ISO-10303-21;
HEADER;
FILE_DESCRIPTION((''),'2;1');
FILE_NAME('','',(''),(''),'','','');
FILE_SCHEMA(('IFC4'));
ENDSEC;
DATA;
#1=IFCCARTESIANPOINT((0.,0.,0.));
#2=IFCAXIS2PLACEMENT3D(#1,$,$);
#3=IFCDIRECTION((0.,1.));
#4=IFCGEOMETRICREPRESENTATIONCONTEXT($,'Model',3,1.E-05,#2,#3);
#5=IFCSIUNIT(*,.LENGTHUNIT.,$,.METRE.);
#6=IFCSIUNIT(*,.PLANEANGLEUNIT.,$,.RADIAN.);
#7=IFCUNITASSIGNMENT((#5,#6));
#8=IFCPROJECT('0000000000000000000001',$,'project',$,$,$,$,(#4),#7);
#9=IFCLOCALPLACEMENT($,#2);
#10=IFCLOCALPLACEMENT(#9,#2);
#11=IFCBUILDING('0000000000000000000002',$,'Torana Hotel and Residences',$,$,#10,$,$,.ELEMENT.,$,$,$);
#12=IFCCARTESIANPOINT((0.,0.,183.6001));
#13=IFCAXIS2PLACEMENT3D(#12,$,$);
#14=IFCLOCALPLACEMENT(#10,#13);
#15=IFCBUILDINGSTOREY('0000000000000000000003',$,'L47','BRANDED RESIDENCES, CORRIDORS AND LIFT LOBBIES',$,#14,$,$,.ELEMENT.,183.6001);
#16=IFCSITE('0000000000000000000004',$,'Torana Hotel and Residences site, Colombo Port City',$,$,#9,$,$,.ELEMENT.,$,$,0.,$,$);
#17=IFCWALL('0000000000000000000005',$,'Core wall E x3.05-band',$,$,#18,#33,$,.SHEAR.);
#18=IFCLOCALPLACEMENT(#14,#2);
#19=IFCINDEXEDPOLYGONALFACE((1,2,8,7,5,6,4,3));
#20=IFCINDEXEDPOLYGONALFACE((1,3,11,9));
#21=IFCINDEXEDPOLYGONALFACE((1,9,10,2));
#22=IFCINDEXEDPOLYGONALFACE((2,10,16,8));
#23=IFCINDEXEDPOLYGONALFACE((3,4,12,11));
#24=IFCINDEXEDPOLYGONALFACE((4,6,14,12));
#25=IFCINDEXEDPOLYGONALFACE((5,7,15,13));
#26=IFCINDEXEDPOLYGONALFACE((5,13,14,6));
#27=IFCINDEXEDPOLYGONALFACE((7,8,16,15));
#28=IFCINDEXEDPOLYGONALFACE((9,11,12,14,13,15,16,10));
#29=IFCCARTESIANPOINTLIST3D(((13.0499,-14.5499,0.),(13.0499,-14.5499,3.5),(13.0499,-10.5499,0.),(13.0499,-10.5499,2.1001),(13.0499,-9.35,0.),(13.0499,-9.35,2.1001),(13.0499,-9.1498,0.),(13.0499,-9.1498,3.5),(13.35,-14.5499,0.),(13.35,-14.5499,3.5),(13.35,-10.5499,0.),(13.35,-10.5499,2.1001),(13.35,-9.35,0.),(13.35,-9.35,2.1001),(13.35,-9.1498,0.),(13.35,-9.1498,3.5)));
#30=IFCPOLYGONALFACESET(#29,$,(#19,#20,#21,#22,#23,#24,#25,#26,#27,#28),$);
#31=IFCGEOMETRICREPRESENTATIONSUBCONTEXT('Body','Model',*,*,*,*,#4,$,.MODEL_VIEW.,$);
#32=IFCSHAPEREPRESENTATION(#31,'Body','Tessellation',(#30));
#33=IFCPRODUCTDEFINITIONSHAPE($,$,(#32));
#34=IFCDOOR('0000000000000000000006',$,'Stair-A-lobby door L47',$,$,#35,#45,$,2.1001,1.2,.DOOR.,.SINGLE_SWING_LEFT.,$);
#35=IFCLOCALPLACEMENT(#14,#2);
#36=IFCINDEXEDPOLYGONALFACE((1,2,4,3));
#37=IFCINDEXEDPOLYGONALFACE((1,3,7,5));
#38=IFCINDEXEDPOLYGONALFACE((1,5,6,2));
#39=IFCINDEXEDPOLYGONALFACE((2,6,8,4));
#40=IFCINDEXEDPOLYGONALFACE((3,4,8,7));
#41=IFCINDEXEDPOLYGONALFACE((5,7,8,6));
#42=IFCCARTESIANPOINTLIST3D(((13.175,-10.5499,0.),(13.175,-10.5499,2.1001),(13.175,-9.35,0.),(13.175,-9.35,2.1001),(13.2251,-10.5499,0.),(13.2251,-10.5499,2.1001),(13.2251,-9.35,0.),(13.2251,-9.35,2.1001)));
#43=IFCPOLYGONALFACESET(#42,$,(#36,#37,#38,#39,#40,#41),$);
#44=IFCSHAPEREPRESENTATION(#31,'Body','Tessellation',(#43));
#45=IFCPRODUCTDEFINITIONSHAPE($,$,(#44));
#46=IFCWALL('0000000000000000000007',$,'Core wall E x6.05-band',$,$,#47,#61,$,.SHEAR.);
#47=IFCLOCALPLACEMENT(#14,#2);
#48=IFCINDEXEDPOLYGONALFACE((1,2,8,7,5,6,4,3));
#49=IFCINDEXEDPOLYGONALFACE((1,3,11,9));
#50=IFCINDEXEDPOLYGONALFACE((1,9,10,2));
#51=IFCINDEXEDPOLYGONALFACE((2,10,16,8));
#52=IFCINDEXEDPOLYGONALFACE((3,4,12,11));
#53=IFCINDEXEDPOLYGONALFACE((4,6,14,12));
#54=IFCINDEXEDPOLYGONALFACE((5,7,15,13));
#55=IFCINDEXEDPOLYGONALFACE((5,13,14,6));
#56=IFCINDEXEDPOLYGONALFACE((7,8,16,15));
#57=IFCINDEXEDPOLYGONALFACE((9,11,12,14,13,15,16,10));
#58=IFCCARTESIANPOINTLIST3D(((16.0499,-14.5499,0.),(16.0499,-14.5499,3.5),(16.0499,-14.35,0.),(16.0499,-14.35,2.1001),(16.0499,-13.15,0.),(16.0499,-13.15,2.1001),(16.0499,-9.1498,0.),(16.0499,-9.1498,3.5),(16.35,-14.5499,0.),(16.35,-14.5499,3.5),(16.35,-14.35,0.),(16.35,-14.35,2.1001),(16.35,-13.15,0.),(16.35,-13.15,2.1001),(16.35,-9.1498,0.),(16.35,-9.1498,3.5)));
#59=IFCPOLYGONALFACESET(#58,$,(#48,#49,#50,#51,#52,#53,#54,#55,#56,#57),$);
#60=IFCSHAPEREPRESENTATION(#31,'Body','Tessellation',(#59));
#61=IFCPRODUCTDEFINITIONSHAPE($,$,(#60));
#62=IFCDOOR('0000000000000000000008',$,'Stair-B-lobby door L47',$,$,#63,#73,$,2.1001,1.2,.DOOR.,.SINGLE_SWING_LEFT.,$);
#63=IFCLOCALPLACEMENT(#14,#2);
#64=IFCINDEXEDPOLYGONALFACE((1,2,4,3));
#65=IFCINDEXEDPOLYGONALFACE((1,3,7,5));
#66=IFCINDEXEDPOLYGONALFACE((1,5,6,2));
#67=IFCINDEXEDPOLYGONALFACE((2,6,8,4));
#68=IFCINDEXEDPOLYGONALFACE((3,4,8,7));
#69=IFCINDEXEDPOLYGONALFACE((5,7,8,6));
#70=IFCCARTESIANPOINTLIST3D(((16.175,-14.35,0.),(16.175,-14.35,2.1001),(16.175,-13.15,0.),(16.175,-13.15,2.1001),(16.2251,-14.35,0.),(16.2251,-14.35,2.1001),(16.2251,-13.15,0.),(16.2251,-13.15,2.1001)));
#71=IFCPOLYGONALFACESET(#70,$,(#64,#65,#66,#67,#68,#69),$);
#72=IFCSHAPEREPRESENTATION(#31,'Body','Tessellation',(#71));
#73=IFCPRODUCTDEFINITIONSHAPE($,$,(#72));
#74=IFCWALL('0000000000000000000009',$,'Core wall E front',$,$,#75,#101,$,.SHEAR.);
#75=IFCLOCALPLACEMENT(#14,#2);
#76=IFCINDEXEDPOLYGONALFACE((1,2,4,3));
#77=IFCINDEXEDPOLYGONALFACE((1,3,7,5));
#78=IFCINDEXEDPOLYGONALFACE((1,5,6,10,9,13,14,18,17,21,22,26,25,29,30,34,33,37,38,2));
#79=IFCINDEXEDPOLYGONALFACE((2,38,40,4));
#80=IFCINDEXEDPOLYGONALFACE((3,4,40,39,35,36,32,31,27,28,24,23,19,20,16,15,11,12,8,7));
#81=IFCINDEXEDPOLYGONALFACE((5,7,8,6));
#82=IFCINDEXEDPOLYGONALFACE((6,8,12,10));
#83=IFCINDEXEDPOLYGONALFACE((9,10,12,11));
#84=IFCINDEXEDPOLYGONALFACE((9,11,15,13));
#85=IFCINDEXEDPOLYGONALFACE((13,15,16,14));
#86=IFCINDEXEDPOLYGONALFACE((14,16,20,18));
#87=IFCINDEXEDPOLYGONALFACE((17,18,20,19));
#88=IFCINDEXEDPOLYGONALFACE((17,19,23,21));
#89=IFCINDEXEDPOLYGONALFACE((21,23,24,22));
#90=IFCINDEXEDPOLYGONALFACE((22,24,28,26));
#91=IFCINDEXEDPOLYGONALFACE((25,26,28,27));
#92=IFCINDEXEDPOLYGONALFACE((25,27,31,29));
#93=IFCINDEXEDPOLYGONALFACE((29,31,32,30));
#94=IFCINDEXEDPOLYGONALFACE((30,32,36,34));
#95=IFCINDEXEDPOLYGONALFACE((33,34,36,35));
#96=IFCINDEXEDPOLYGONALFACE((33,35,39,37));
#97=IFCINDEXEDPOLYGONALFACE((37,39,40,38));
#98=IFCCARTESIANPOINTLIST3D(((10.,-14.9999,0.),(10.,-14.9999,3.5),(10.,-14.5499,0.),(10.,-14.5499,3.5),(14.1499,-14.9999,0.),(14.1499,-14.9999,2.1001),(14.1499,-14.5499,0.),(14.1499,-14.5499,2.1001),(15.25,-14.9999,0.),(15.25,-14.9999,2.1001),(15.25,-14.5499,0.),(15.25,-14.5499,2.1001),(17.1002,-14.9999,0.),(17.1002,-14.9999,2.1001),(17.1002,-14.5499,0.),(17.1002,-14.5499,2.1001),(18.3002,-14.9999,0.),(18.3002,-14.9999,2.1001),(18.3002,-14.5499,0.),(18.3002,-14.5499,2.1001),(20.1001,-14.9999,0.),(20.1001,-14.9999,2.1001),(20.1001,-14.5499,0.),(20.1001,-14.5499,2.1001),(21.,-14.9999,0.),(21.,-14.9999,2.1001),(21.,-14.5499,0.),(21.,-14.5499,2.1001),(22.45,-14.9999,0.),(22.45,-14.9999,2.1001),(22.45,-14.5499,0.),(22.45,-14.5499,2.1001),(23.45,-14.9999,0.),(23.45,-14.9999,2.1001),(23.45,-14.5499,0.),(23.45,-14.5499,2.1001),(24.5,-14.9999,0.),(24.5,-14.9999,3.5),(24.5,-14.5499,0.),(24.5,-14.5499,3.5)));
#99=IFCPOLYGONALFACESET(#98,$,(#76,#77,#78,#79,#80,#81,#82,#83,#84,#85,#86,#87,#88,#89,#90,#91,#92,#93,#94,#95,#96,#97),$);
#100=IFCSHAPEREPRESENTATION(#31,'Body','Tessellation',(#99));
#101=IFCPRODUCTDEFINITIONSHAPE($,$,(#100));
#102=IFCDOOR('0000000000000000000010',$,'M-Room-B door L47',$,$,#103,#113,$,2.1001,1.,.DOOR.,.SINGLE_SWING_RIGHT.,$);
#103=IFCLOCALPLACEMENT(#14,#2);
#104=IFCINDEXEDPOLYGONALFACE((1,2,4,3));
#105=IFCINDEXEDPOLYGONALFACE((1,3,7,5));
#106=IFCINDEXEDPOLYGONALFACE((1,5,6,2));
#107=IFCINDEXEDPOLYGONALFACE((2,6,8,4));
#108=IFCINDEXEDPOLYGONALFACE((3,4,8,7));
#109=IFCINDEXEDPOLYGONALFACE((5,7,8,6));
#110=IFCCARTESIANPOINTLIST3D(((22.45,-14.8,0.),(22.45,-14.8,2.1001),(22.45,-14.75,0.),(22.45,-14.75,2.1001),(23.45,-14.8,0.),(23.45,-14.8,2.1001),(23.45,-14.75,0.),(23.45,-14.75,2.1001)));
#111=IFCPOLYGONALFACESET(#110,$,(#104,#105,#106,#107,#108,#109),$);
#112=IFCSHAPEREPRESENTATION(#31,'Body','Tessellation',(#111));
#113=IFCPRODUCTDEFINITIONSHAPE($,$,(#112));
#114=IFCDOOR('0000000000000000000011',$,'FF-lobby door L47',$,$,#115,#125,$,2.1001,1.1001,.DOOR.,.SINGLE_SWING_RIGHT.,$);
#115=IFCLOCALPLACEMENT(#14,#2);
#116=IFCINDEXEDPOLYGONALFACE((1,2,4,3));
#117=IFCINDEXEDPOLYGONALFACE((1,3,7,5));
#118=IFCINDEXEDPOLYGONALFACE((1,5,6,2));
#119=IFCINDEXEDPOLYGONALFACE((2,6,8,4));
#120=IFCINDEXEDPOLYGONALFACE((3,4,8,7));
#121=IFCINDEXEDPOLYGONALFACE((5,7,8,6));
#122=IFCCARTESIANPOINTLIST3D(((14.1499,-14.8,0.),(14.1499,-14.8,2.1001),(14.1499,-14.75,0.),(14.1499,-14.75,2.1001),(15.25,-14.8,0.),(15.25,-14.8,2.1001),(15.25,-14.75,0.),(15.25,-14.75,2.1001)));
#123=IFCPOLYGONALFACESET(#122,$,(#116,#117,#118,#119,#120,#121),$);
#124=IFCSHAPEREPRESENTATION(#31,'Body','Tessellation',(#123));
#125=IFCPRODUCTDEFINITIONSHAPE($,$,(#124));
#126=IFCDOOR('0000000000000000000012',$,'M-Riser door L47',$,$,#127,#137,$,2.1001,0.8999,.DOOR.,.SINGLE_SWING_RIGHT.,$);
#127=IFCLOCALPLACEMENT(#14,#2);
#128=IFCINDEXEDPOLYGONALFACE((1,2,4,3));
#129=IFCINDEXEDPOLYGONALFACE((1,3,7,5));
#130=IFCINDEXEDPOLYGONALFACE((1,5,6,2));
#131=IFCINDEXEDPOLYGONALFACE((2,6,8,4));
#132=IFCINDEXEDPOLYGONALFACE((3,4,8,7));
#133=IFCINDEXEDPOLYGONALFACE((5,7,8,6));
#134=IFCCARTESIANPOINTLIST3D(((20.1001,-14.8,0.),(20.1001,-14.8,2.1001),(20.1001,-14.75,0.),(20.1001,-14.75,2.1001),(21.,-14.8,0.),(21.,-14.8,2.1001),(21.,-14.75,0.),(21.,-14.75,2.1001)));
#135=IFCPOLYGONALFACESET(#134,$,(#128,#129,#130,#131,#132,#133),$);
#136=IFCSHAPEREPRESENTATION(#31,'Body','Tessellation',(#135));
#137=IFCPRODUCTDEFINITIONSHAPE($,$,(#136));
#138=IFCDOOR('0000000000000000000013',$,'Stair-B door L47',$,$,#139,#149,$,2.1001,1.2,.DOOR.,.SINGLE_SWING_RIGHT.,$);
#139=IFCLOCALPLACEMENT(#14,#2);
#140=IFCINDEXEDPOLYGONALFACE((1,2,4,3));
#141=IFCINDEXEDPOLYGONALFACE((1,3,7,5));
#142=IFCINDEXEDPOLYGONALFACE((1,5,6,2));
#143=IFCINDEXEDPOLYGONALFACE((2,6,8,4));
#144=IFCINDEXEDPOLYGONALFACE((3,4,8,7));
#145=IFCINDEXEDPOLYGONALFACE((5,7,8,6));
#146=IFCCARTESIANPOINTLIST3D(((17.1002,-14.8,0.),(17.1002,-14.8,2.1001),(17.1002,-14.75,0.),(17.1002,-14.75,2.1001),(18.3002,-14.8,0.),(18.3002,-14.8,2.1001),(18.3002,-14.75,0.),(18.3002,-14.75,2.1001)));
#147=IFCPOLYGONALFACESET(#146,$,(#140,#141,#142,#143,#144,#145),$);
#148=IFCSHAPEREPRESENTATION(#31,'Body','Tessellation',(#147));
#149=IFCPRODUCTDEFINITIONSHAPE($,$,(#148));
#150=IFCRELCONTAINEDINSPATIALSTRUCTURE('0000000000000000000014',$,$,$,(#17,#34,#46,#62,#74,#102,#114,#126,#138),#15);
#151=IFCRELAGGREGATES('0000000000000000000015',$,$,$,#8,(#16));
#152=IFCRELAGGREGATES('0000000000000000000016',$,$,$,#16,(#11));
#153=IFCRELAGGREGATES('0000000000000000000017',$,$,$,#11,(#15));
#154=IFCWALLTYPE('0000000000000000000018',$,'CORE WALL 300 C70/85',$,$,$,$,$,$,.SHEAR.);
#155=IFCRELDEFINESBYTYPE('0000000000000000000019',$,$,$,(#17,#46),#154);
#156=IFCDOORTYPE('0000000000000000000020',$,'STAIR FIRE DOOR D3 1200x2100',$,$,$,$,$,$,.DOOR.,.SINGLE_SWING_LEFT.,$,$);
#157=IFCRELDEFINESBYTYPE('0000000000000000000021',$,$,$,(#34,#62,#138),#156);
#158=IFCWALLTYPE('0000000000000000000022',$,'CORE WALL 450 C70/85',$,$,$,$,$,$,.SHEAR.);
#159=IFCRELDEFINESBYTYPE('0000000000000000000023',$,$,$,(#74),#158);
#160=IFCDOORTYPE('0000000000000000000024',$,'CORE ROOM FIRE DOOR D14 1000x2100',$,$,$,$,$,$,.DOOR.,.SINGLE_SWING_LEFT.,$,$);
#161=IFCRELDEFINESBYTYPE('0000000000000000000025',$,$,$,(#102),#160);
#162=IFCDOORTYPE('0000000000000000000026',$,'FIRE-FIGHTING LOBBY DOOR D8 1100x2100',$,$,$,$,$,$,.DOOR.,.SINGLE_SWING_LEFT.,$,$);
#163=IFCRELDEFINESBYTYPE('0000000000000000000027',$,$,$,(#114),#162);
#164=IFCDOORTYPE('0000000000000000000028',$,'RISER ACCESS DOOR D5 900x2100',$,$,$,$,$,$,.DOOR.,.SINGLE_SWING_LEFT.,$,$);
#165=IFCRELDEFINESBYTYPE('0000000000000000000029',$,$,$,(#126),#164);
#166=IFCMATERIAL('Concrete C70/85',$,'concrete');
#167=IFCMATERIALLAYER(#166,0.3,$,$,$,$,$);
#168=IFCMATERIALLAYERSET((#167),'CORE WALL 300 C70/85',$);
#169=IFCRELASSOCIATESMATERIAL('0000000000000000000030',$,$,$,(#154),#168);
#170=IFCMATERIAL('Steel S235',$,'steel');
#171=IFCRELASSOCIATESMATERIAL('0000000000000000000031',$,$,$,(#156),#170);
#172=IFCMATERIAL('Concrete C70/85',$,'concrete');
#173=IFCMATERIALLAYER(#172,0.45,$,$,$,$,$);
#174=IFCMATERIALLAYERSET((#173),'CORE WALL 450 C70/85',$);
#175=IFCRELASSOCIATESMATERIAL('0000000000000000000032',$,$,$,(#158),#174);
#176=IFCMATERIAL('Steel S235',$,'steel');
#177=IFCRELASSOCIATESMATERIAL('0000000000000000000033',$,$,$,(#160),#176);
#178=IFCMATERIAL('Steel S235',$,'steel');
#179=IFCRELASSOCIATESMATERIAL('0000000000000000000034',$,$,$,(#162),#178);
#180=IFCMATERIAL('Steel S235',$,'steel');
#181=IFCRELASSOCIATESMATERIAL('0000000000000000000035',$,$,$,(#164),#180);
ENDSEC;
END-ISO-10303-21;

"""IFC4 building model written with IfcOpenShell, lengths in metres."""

from ifc_helpers import new_model, si_unit, direction, frame, frame_2d, origin, place, context, subcontext, project, spatial, rectangle, extrude, material, layer, layer_set, type_object, element, fill, save


model = new_model("IFC4")

# Units and contexts
model_context = context("Model", 3, precision=1e-05, world=origin(), true_north=direction((0.0, 1.0)))
body_context = subcontext(model_context, "Body", "Model", "MODEL_VIEW")
ifc_project = project(units=[si_unit("LENGTHUNIT", "METRE"), si_unit("PLANEANGLEUNIT", "RADIAN")], contexts=[model_context])

# Site, building, storey
site_placement = place(None, origin())
site = spatial("IfcSite", under=ifc_project, at=site_placement, Name="Torana Hotel and Residences site, Colombo Port City", CompositionType="ELEMENT", RefElevation=0.0)
building_placement = place(site_placement, origin())
building = spatial("IfcBuilding", under=site, at=building_placement, Name="Torana Hotel and Residences", CompositionType="ELEMENT")
storey_placement = place(building_placement, frame((0.0, 0.0, 183.6001)))
storey = spatial("IfcBuildingStorey", under=building, at=storey_placement, Name="L47", Description="BRANDED RESIDENCES, CORRIDORS AND LIFT LOBBIES", CompositionType="ELEMENT", Elevation=183.6001)

# Walls, openings, doors
ifc_material_1 = material(Name="Concrete C70/85", Category="concrete")
ifc_layer_1 = layer(ifc_material_1, 0.3)
ifc_layer_set_1 = layer_set([ifc_layer_1], Name="CORE WALL 300 C70/85")
wall_type_1 = type_object("IfcWallType", Name="CORE WALL 300 C70/85", PredefinedType="SHEAR", material=ifc_layer_set_1)
wall_1_placement = place(storey_placement, frame((13.2, -14.55, 0.0), z_axis=(0.0, 0.0, 1.0), x_axis=(0.0, 1.0, 0.0)))
wall_1 = element("IfcWall", 1, at=wall_1_placement, inside=storey, type_object=wall_type_1, Name="Core wall E x3.05-band", PredefinedType="SHEAR", context=body_context, shape_type="SweptSolid", body=[
    extrude(rectangle(XDim=5.4001, YDim=0.3, at=frame_2d((2.7002, 0.0))), origin(), (0.0, 0.0, 1.0), 3.5),
])
opening_1_placement = place(wall_1_placement, frame((4.0, 0.0, 0.0)))
opening_1 = element("IfcOpeningElement", 2, at=opening_1_placement, cuts=wall_1, PredefinedType="OPENING", context=body_context, shape_type="SweptSolid", body=[
    extrude(rectangle(XDim=1.2, YDim=2.1001, at=frame_2d((0.6001, 1.05))), frame((0.0, 0.1599, 0.0), z_axis=(0.0, -1.0, 0.0), x_axis=(1.0, 0.0, 0.0)), (0.0, 0.0, 1.0), 0.3201),
])
ifc_material_2 = material(Name="Steel S235", Category="steel")
door_type_1 = type_object("IfcDoorType", Name="STAIR FIRE DOOR D3 1200x2100", OperationType="SINGLE_SWING_LEFT", PredefinedType="DOOR", material=ifc_material_2)
door_1_placement = place(opening_1_placement, origin())
door_1 = element("IfcDoor", 3, at=door_1_placement, inside=storey, type_object=door_type_1, Name="Stair-A-lobby door L47", OperationType="SINGLE_SWING_LEFT", OverallHeight=2.1001, OverallWidth=1.2, PredefinedType="DOOR", context=body_context, shape_type="SweptSolid", body=[
    extrude(rectangle(XDim=1.2, YDim=2.1001, at=frame_2d((0.6001, 1.05))), frame((0.0, 0.0249, 0.0), z_axis=(0.0, -1.0, 0.0), x_axis=(1.0, 0.0, 0.0)), (0.0, 0.0, 1.0), 0.05),
])
fill(opening_1, door_1)
wall_2_placement = place(storey_placement, frame((16.2, -14.55, 0.0), z_axis=(0.0, 0.0, 1.0), x_axis=(0.0, 1.0, 0.0)))
wall_2 = element("IfcWall", 4, at=wall_2_placement, inside=storey, type_object=wall_type_1, Name="Core wall E x6.05-band", PredefinedType="SHEAR", context=body_context, shape_type="SweptSolid", body=[
    extrude(rectangle(XDim=5.4001, YDim=0.3, at=frame_2d((2.7002, 0.0))), origin(), (0.0, 0.0, 1.0), 3.5),
])
opening_2_placement = place(wall_2_placement, frame((0.2, 0.0, 0.0)))
opening_2 = element("IfcOpeningElement", 5, at=opening_2_placement, cuts=wall_2, PredefinedType="OPENING", context=body_context, shape_type="SweptSolid", body=[
    extrude(rectangle(XDim=1.2, YDim=2.1001, at=frame_2d((0.6001, 1.05))), frame((0.0, 0.1599, 0.0), z_axis=(0.0, -1.0, 0.0), x_axis=(1.0, 0.0, 0.0)), (0.0, 0.0, 1.0), 0.3201),
])
door_2_placement = place(opening_2_placement, frame((0.6001, 0.0, 0.0), z_axis=(0.0, 0.0, 1.0), x_axis=(-1.0, 0.0, 0.0)))
door_2 = element("IfcDoor", 6, at=door_2_placement, inside=storey, type_object=door_type_1, Name="Stair-B-lobby door L47", OperationType="SINGLE_SWING_LEFT", OverallHeight=2.1001, OverallWidth=1.2, PredefinedType="DOOR", context=body_context, shape_type="SweptSolid", body=[
    extrude(rectangle(XDim=1.2, YDim=2.1001, at=frame_2d((0.0, 1.05))), frame((0.0, -0.0249, 0.0), z_axis=(0.0, 1.0, 0.0), x_axis=(-1.0, 0.0, 0.0)), (0.0, 0.0, 1.0), 0.05),
])
fill(opening_2, door_2)

# Wall, openings, doors
ifc_material_3 = material(Name="Concrete C70/85", Category="concrete")
ifc_layer_2 = layer(ifc_material_3, 0.45)
ifc_layer_set_2 = layer_set([ifc_layer_2], Name="CORE WALL 450 C70/85")
wall_type_2 = type_object("IfcWallType", Name="CORE WALL 450 C70/85", PredefinedType="SHEAR", material=ifc_layer_set_2)
wall_3_placement = place(storey_placement, frame((10.0, -14.7749, 0.0), z_axis=(0.0, 0.0, 1.0), x_axis=(1.0, 0.0, 0.0)))
wall_3 = element("IfcWall", 7, at=wall_3_placement, inside=storey, type_object=wall_type_2, Name="Core wall E front", PredefinedType="SHEAR", context=body_context, shape_type="SweptSolid", body=[
    extrude(rectangle(XDim=14.5, YDim=0.45, at=frame_2d((7.25, 0.0))), origin(), (0.0, 0.0, 1.0), 3.5),
])
opening_3_placement = place(wall_3_placement, frame((7.1001, 0.0, 0.0)))
opening_3 = element("IfcOpeningElement", 8, at=opening_3_placement, cuts=wall_3, PredefinedType="OPENING", context=body_context, shape_type="SweptSolid", body=[
    extrude(rectangle(XDim=1.2, YDim=2.1001, at=frame_2d((0.6001, 1.05))), frame((0.0, 0.2349, 0.0), z_axis=(0.0, -1.0, 0.0), x_axis=(1.0, 0.0, 0.0)), (0.0, 0.0, 1.0), 0.47),
])
opening_4_placement = place(wall_3_placement, frame((4.1499, 0.0, 0.0)))
opening_4 = element("IfcOpeningElement", 9, at=opening_4_placement, cuts=wall_3, PredefinedType="OPENING", context=body_context, shape_type="SweptSolid", body=[
    extrude(rectangle(XDim=1.1001, YDim=2.1001, at=frame_2d((0.55, 1.05))), frame((0.0, 0.2349, 0.0), z_axis=(0.0, -1.0, 0.0), x_axis=(1.0, 0.0, 0.0)), (0.0, 0.0, 1.0), 0.47),
])
opening_5_placement = place(wall_3_placement, frame((10.1001, 0.0, 0.0)))
opening_5 = element("IfcOpeningElement", 10, at=opening_5_placement, cuts=wall_3, PredefinedType="OPENING", context=body_context, shape_type="SweptSolid", body=[
    extrude(rectangle(XDim=0.8999, YDim=2.1001, at=frame_2d((0.45, 1.05))), frame((0.0, 0.2349, 0.0), z_axis=(0.0, -1.0, 0.0), x_axis=(1.0, 0.0, 0.0)), (0.0, 0.0, 1.0), 0.47),
])
opening_6_placement = place(wall_3_placement, frame((12.45, 0.0, 0.0)))
opening_6 = element("IfcOpeningElement", 11, at=opening_6_placement, cuts=wall_3, PredefinedType="OPENING", context=body_context, shape_type="SweptSolid", body=[
    extrude(rectangle(XDim=1.0, YDim=2.1001, at=frame_2d((0.5, 1.05))), frame((0.0, 0.2349, 0.0), z_axis=(0.0, -1.0, 0.0), x_axis=(1.0, 0.0, 0.0)), (0.0, 0.0, 1.0), 0.47),
])
ifc_material_4 = material(Name="Steel S235", Category="steel")
door_type_2 = type_object("IfcDoorType", Name="CORE ROOM FIRE DOOR D14 1000x2100", OperationType="SINGLE_SWING_LEFT", PredefinedType="DOOR", material=ifc_material_4)
door_3_placement = place(opening_6_placement, origin())
door_3 = element("IfcDoor", 12, at=door_3_placement, inside=storey, type_object=door_type_2, Name="M-Room-B door L47", OperationType="SINGLE_SWING_RIGHT", OverallHeight=2.1001, OverallWidth=1.0, PredefinedType="DOOR", context=body_context, shape_type="SweptSolid", body=[
    extrude(rectangle(XDim=1.0, YDim=2.1001, at=frame_2d((0.5, 1.05))), frame((0.0, 0.0249, 0.0), z_axis=(0.0, -1.0, 0.0), x_axis=(1.0, 0.0, 0.0)), (0.0, 0.0, 1.0), 0.05),
])
fill(opening_6, door_3)
ifc_material_5 = material(Name="Steel S235", Category="steel")
door_type_3 = type_object("IfcDoorType", Name="FIRE-FIGHTING LOBBY DOOR D8 1100x2100", OperationType="SINGLE_SWING_LEFT", PredefinedType="DOOR", material=ifc_material_5)
door_4_placement = place(opening_4_placement, origin())
door_4 = element("IfcDoor", 13, at=door_4_placement, inside=storey, type_object=door_type_3, Name="FF-lobby door L47", OperationType="SINGLE_SWING_RIGHT", OverallHeight=2.1001, OverallWidth=1.1001, PredefinedType="DOOR", context=body_context, shape_type="SweptSolid", body=[
    extrude(rectangle(XDim=1.1001, YDim=2.1001, at=frame_2d((0.55, 1.05))), frame((0.0, 0.0249, 0.0), z_axis=(0.0, -1.0, 0.0), x_axis=(1.0, 0.0, 0.0)), (0.0, 0.0, 1.0), 0.05),
])
fill(opening_4, door_4)
ifc_material_6 = material(Name="Steel S235", Category="steel")
door_type_4 = type_object("IfcDoorType", Name="RISER ACCESS DOOR D5 900x2100", OperationType="SINGLE_SWING_LEFT", PredefinedType="DOOR", material=ifc_material_6)
door_5_placement = place(opening_5_placement, origin())
door_5 = element("IfcDoor", 14, at=door_5_placement, inside=storey, type_object=door_type_4, Name="M-Riser door L47", OperationType="SINGLE_SWING_RIGHT", OverallHeight=2.1001, OverallWidth=0.8999, PredefinedType="DOOR", context=body_context, shape_type="SweptSolid", body=[
    extrude(rectangle(XDim=0.8999, YDim=2.1001, at=frame_2d((0.45, 1.05))), frame((0.0, 0.0249, 0.0), z_axis=(0.0, -1.0, 0.0), x_axis=(1.0, 0.0, 0.0)), (0.0, 0.0, 1.0), 0.05),
])
fill(opening_5, door_5)
door_6_placement = place(opening_3_placement, origin())
door_6 = element("IfcDoor", 15, at=door_6_placement, inside=storey, type_object=door_type_1, Name="Stair-B door L47", OperationType="SINGLE_SWING_RIGHT", OverallHeight=2.1001, OverallWidth=1.2, PredefinedType="DOOR", context=body_context, shape_type="SweptSolid", body=[
    extrude(rectangle(XDim=1.2, YDim=2.1001, at=frame_2d((0.6001, 1.05))), frame((0.0, 0.0249, 0.0), z_axis=(0.0, -1.0, 0.0), x_axis=(1.0, 0.0, 0.0)), (0.0, 0.0, 1.0), 0.05),
])
fill(opening_3, door_6)

save(model, "model.ifc")
